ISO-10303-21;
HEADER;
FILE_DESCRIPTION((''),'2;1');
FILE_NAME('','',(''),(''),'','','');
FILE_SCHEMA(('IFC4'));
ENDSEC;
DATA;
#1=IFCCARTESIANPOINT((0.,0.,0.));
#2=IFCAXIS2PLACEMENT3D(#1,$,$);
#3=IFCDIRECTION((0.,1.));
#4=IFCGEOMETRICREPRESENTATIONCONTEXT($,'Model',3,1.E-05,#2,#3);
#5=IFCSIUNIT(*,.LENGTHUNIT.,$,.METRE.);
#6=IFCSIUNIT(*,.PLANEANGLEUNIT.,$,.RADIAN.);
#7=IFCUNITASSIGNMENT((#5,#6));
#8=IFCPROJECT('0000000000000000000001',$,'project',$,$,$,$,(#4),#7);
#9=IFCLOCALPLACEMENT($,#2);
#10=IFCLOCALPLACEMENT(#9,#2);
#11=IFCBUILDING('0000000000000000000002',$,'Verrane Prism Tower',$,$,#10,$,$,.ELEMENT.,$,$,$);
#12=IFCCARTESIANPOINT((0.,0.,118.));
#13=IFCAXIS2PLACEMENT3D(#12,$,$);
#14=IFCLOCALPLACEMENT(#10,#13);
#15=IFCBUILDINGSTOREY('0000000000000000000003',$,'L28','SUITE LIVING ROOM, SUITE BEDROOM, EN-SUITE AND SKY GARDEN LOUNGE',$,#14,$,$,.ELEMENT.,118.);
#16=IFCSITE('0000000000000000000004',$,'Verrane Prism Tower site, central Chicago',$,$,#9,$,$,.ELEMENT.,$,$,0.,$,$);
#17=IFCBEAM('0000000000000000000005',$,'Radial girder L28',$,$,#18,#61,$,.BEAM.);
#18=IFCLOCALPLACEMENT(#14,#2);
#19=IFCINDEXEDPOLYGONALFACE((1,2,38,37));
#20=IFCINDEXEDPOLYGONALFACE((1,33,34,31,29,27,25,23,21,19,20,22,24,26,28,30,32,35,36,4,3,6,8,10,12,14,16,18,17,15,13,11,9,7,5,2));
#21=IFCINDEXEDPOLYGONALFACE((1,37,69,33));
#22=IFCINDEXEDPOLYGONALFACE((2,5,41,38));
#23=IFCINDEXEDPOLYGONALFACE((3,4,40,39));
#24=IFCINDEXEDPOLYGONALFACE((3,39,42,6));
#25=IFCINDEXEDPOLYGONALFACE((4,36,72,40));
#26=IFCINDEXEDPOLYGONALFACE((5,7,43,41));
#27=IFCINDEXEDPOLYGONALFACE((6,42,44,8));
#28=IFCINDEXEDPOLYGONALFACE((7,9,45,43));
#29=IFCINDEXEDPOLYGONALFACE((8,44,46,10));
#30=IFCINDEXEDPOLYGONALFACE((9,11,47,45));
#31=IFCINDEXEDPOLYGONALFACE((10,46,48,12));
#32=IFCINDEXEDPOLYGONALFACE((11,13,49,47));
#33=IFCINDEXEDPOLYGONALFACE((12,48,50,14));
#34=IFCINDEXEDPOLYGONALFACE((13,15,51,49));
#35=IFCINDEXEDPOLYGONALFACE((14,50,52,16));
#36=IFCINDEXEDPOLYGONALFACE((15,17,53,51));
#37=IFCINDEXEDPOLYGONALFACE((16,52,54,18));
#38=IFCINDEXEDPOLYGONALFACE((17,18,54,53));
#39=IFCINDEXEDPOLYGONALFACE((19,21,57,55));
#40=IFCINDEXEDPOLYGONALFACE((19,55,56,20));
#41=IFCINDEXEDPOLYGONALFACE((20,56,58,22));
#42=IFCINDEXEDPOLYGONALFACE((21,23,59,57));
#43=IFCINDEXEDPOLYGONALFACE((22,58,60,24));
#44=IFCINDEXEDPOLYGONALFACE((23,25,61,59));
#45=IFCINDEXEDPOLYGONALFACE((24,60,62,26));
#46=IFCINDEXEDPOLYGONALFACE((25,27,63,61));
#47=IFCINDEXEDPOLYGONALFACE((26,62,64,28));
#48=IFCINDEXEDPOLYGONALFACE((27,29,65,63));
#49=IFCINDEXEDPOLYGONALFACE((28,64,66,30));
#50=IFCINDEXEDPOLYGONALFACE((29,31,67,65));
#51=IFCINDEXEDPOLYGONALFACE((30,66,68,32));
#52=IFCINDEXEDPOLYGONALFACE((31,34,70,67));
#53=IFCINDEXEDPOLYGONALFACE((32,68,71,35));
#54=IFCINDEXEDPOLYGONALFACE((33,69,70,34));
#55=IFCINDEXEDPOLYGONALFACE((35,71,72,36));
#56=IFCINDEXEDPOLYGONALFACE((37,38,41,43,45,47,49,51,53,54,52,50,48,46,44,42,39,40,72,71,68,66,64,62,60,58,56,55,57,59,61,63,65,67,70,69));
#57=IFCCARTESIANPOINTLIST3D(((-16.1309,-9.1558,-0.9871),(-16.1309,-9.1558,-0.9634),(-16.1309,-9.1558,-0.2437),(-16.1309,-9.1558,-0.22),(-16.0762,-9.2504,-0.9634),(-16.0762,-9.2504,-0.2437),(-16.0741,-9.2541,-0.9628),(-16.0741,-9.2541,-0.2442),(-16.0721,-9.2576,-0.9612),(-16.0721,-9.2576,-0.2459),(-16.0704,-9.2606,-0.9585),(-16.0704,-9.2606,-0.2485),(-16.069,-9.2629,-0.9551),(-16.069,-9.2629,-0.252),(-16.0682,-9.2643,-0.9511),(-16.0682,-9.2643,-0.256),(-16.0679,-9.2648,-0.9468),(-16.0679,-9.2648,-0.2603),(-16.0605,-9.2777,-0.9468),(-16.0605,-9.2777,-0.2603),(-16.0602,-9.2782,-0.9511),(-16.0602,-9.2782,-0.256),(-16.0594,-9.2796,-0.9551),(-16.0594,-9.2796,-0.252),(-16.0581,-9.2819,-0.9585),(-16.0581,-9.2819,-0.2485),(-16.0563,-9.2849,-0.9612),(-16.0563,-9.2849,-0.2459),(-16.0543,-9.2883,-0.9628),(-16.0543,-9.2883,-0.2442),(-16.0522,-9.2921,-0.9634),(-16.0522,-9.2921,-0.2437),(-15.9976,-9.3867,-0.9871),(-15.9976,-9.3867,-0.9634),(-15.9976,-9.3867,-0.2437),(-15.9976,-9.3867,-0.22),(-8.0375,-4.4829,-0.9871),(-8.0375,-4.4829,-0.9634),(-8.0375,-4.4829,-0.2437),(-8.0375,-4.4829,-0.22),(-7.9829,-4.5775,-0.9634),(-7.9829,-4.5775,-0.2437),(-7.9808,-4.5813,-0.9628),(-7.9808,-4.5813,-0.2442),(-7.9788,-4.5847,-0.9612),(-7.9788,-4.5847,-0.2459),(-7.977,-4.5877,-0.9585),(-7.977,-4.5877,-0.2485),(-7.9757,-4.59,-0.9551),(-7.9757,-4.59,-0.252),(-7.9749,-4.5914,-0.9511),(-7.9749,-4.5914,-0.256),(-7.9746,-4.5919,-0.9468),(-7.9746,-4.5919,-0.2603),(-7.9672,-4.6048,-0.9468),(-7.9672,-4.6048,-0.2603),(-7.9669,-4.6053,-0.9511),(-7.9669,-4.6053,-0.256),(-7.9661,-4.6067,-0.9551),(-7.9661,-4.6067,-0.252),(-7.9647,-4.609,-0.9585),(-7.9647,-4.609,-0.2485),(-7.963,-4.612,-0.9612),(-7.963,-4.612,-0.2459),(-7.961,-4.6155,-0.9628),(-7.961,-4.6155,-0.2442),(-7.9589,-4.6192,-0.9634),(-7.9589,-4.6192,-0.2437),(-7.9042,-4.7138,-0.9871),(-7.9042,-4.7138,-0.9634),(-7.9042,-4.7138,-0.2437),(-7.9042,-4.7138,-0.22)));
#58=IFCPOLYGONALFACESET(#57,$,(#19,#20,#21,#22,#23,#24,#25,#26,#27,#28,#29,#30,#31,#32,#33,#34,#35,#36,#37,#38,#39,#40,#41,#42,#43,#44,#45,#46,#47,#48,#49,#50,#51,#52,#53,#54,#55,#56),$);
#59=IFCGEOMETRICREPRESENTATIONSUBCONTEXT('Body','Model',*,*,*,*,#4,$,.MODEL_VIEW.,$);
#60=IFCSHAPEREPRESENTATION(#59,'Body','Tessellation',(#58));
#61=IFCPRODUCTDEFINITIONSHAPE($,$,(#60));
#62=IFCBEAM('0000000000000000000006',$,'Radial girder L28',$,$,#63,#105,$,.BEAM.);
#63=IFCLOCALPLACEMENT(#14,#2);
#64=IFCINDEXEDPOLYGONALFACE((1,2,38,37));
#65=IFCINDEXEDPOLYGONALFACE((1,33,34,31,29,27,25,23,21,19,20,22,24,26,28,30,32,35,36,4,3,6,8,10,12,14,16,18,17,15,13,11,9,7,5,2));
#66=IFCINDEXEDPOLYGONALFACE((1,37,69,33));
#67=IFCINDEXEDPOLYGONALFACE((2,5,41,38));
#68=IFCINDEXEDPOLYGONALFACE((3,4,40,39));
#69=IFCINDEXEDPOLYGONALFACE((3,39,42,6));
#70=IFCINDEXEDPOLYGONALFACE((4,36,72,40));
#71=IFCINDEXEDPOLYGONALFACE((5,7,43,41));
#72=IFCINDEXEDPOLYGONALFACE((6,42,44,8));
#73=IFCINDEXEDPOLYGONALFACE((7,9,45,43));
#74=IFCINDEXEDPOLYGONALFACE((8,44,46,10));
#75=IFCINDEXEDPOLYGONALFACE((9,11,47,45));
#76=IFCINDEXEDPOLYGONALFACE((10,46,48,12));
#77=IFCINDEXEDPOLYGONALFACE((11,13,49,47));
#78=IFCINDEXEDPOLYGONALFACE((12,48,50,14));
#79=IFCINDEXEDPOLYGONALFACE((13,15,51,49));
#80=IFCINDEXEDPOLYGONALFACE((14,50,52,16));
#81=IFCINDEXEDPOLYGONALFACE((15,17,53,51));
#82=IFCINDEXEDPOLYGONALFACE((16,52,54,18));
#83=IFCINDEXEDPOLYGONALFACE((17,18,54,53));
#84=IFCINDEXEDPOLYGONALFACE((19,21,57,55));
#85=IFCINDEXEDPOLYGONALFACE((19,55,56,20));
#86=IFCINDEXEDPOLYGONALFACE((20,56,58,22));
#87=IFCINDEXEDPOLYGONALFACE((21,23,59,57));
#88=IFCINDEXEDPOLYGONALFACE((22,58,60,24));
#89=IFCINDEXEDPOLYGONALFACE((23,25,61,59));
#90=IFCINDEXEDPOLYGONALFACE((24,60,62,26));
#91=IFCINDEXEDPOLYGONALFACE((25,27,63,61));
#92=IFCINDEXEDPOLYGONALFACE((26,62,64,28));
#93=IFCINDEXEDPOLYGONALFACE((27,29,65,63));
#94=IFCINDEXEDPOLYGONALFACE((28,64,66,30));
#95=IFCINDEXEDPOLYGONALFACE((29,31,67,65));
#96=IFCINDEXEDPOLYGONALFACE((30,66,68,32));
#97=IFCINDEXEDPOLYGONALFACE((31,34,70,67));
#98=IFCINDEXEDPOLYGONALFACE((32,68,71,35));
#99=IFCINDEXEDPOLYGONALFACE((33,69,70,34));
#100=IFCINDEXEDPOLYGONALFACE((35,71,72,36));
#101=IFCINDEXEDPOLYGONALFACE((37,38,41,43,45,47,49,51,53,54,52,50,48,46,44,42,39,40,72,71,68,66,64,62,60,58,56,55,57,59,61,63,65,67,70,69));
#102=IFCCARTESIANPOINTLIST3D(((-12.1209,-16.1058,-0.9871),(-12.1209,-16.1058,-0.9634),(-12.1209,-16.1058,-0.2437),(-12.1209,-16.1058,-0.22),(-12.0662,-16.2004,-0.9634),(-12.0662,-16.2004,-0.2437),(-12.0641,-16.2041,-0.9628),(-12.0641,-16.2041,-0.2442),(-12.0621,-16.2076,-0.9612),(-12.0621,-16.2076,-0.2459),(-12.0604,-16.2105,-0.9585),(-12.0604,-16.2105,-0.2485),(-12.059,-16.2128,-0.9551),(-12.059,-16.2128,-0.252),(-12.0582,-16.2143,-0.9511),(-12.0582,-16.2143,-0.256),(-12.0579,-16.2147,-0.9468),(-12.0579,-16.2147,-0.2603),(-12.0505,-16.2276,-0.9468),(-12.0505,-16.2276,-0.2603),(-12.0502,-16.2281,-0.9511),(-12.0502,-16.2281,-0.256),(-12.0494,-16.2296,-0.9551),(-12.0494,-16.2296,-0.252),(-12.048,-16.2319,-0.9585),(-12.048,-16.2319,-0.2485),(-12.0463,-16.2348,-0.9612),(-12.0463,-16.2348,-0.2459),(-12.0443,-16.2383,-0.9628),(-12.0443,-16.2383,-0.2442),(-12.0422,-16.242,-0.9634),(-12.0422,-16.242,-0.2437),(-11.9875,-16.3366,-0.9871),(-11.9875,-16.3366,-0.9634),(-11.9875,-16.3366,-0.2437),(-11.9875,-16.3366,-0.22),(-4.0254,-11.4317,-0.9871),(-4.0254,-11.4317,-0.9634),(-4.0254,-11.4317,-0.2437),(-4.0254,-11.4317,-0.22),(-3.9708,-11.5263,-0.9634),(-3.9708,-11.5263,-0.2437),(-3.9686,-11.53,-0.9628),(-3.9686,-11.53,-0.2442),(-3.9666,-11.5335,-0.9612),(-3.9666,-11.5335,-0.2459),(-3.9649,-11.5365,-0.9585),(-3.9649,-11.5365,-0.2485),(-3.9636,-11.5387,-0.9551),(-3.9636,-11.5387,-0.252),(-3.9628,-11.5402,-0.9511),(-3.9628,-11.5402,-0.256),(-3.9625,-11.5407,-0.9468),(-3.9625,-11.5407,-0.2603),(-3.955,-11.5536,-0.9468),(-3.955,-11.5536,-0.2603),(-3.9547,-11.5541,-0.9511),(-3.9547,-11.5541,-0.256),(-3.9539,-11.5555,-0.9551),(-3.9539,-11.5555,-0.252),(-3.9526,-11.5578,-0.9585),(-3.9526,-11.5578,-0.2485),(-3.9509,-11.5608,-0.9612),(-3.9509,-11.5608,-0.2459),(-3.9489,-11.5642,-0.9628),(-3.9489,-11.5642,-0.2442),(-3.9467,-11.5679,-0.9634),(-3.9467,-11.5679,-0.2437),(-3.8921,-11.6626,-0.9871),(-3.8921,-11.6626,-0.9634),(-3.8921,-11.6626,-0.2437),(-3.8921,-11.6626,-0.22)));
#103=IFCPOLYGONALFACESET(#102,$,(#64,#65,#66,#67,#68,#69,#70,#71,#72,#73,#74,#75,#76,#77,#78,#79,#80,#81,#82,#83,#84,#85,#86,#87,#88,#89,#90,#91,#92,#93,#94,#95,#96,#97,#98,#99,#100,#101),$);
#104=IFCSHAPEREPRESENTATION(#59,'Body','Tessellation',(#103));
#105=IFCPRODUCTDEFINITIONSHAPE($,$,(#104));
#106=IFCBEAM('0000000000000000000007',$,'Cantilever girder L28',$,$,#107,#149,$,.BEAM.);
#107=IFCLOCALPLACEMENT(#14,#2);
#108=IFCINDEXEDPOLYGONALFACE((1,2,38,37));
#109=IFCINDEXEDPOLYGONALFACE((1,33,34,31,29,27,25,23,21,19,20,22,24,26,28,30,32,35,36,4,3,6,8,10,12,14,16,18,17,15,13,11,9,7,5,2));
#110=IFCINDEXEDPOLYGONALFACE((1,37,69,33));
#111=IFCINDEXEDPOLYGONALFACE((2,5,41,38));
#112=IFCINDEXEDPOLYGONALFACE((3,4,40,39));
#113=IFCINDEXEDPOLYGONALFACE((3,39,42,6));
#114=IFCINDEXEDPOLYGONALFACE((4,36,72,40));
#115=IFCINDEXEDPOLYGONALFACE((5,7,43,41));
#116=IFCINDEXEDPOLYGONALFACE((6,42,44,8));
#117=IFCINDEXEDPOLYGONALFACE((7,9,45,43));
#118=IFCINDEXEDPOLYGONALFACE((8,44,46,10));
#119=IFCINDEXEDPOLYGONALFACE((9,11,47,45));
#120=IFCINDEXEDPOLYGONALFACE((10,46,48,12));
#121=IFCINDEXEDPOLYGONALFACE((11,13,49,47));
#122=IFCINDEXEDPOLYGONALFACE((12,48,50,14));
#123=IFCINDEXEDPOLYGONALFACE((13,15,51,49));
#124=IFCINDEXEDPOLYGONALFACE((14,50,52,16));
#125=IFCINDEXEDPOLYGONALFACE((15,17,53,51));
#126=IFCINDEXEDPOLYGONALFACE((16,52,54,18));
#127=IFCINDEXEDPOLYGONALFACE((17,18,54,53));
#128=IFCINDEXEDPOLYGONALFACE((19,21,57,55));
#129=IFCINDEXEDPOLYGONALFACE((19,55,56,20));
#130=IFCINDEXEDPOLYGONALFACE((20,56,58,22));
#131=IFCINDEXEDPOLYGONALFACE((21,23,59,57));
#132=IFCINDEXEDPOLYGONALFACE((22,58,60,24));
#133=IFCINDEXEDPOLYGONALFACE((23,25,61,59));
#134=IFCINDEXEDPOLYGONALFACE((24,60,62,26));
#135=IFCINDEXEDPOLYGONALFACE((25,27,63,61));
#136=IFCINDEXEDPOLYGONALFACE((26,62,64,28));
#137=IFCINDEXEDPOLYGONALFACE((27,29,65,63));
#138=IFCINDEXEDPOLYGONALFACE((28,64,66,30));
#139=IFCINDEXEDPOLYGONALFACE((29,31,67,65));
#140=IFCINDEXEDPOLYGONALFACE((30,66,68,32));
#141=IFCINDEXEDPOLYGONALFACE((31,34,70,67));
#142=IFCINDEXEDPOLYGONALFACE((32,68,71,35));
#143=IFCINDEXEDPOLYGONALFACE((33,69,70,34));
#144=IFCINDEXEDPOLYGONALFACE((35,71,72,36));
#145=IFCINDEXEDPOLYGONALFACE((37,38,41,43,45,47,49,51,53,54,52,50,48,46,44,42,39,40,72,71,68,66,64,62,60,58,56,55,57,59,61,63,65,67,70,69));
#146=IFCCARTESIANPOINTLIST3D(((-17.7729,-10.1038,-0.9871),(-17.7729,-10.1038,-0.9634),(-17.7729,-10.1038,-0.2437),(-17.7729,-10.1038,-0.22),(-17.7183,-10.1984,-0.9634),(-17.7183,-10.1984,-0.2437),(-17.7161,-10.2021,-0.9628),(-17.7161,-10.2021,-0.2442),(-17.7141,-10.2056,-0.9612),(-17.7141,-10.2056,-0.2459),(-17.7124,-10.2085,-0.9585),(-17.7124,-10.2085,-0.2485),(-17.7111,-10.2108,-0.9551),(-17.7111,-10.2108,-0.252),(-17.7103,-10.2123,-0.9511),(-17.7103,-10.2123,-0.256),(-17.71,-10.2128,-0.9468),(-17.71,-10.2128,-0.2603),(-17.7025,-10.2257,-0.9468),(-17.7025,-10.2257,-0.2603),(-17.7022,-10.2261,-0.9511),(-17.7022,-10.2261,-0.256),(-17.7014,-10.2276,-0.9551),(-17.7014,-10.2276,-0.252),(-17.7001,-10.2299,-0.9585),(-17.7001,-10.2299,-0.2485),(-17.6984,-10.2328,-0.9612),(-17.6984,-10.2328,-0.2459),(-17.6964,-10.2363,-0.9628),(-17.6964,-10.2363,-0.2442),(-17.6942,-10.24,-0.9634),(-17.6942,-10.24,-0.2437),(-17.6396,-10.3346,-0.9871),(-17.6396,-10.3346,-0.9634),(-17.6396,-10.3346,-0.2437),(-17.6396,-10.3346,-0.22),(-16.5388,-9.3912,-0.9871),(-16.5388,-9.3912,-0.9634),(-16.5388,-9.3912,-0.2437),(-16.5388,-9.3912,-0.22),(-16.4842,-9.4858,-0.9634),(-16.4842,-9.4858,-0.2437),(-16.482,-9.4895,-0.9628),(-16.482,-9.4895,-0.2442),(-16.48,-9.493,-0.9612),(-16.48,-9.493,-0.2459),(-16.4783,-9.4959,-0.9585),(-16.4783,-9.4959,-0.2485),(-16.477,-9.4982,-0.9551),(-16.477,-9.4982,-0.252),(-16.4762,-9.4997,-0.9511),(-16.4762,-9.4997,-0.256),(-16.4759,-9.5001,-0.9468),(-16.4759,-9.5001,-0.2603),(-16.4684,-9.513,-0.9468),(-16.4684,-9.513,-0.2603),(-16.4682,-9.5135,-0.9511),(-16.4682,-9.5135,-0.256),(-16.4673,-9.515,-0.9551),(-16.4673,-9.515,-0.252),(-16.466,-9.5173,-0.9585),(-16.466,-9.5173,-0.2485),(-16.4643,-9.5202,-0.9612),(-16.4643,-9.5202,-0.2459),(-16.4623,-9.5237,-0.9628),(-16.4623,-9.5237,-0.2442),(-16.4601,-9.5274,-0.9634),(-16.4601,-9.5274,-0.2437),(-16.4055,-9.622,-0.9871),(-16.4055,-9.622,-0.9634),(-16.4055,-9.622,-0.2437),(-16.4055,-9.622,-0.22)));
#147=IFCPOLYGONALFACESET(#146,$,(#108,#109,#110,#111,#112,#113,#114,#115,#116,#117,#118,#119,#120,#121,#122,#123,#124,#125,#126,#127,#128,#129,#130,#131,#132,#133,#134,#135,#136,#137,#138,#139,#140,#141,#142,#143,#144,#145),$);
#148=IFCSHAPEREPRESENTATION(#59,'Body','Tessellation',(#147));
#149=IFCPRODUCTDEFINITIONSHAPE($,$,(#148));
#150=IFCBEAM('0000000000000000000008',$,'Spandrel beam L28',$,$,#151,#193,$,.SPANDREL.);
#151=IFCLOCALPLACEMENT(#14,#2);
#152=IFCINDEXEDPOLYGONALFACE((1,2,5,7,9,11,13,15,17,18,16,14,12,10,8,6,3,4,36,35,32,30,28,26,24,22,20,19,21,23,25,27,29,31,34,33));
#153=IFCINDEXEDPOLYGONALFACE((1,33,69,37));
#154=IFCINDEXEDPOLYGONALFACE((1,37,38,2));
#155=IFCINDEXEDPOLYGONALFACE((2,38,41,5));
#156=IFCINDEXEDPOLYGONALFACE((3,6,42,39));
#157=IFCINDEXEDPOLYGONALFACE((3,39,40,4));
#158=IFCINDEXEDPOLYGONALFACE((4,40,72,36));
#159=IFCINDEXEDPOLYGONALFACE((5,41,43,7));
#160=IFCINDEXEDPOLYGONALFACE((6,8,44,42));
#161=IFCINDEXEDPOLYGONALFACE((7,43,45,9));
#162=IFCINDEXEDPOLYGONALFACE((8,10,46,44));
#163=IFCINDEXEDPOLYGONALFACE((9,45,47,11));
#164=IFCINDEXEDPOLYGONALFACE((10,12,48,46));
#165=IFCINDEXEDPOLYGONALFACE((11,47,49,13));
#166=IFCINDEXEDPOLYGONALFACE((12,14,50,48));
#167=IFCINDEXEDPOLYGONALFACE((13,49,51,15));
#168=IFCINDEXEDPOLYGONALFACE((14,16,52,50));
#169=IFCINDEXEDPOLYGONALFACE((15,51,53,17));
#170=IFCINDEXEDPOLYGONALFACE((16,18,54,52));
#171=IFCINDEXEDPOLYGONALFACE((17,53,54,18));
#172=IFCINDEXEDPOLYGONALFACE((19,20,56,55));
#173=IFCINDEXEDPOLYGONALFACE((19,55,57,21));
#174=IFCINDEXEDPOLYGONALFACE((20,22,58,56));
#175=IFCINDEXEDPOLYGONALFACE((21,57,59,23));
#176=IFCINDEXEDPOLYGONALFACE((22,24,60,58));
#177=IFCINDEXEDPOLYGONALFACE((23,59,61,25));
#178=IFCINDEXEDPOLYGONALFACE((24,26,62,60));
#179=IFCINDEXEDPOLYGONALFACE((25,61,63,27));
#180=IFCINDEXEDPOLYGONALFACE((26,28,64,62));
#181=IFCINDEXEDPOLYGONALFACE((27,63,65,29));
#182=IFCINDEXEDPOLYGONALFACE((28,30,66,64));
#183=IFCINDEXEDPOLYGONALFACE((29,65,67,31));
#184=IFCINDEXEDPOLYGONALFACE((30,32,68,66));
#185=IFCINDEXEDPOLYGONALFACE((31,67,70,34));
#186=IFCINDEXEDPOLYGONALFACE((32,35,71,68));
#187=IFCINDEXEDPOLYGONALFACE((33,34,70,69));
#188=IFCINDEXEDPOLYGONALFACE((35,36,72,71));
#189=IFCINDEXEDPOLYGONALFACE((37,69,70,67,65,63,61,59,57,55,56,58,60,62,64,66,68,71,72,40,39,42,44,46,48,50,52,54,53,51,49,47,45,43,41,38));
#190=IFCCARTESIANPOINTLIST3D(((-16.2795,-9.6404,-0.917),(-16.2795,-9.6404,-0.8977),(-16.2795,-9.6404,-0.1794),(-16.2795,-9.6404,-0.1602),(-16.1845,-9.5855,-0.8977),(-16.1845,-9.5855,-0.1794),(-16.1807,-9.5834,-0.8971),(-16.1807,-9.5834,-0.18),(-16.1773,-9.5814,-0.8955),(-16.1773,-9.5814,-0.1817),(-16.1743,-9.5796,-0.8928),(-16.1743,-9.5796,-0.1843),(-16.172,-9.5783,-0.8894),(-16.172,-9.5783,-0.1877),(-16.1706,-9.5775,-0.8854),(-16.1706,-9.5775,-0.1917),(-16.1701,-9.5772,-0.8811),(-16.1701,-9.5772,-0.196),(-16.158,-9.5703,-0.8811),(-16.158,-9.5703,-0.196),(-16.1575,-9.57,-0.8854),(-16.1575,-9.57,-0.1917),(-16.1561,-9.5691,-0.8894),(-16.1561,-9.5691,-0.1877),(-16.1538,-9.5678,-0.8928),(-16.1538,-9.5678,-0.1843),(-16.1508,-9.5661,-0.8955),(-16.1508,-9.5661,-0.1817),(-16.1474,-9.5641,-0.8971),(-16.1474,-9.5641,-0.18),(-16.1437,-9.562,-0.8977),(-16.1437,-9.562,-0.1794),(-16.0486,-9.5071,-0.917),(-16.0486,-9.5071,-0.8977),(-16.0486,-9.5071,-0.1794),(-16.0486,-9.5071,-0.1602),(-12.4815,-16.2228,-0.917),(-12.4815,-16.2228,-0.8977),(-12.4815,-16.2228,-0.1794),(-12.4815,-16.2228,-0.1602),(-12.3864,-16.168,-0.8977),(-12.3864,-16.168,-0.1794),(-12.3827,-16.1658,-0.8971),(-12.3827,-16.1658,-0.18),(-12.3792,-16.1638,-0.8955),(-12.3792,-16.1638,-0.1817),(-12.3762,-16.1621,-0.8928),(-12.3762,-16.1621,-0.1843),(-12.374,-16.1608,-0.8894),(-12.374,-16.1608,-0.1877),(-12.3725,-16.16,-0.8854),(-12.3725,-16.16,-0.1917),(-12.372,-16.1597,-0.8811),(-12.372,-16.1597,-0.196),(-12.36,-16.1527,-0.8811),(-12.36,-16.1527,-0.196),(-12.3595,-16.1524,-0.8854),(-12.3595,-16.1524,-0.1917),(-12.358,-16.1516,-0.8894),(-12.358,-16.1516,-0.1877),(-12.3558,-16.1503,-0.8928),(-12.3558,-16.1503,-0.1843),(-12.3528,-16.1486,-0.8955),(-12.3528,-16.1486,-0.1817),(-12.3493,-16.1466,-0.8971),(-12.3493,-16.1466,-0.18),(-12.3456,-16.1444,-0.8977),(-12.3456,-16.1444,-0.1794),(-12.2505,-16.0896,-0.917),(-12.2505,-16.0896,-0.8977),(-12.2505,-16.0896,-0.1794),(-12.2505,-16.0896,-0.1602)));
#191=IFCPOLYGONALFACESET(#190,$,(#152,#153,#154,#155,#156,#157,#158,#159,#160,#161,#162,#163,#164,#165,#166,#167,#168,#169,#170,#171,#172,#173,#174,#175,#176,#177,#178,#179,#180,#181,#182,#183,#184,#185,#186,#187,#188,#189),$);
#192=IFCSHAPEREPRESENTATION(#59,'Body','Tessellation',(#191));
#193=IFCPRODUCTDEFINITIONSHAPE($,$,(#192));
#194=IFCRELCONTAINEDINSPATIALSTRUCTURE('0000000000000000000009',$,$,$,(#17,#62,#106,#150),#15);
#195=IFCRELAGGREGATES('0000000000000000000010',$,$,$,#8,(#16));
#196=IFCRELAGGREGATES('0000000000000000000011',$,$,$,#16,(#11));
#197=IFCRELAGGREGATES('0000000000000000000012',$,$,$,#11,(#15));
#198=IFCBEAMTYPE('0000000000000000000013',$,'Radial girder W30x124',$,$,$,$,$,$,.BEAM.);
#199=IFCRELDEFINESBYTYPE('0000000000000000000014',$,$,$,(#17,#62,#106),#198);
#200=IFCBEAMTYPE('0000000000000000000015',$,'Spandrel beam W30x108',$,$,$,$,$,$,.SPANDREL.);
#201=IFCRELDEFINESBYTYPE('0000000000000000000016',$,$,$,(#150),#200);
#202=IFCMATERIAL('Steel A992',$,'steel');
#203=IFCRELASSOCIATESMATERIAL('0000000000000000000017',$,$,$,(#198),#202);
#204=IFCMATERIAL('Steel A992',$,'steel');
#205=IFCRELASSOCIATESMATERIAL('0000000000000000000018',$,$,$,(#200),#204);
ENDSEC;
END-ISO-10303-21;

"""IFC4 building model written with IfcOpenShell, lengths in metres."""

from ifc_helpers import new_model, si_unit, direction, frame, origin, origin_2d, place, context, subcontext, project, spatial, i_section, extrude, material, material_profile, profile_set, type_object, element, save


model = new_model("IFC4")

# Units and contexts
model_context = context("Model", 3, precision=1e-05, world=origin(), true_north=direction((0.0, 1.0)))
body_context = subcontext(model_context, "Body", "Model", "MODEL_VIEW")
ifc_project = project(units=[si_unit("LENGTHUNIT", "METRE"), si_unit("PLANEANGLEUNIT", "RADIAN")], contexts=[model_context])

# Site, building, storey
site_placement = place(None, origin())
site = spatial("IfcSite", under=ifc_project, at=site_placement, Name="Verrane Prism Tower site, central Chicago", CompositionType="ELEMENT", RefElevation=0.0)
building_placement = place(site_placement, origin())
building = spatial("IfcBuilding", under=site, at=building_placement, Name="Verrane Prism Tower", CompositionType="ELEMENT")
storey_placement = place(building_placement, frame((0.0, 0.0, 118.0)))
storey = spatial("IfcBuildingStorey", under=building, at=storey_placement, Name="L28", Description="SUITE LIVING ROOM, SUITE BEDROOM, EN-SUITE AND SKY GARDEN LOUNGE", CompositionType="ELEMENT", Elevation=118.0)

# Beams
ifc_material_1 = material(Name="Steel A992", Category="steel")
ifc_material_profile_1 = material_profile(ifc_material_1, i_section(OverallWidth=0.2666, OverallDepth=0.7671, WebThickness=0.0149, FlangeThickness=0.0237, FilletRadius=0.0166, at=origin_2d()), Name="W30x124")
ifc_profile_set_1 = profile_set([ifc_material_profile_1], Name="Steel A992")
beam_type_1 = type_object("IfcBeamType", Name="Radial girder W30x124", PredefinedType="BEAM", material=ifc_profile_set_1)
beam_1_placement = place(storey_placement, frame((-16.0642, -9.2712, -0.6035), z_axis=(0.866016, 0.500016, 0.0), x_axis=(-0.500016, 0.866016, 0.0)))
element("IfcBeam", 1, at=beam_1_placement, inside=storey, type_object=beam_type_1, Name="Radial girder L28", PredefinedType="BEAM", context=body_context, shape_type="SweptSolid", body=[
    extrude(i_section(OverallWidth=0.2666, OverallDepth=0.7671, WebThickness=0.0149, FlangeThickness=0.0237, FilletRadius=0.0166, at=origin_2d()), origin(), (0.0, 0.0, 1.0), 9.3455),
])
beam_2_placement = place(storey_placement, frame((-12.0542, -16.2212, -0.6035), z_axis=(0.866018, 0.500013, 0.0), x_axis=(-0.500013, 0.866018, 0.0)))
element("IfcBeam", 2, at=beam_2_placement, inside=storey, type_object=beam_type_1, Name="Radial girder L28", PredefinedType="BEAM", context=body_context, shape_type="SweptSolid", body=[
    extrude(i_section(OverallWidth=0.2666, OverallDepth=0.7671, WebThickness=0.0149, FlangeThickness=0.0237, FilletRadius=0.0166, at=origin_2d()), origin(), (0.0, 0.0, 1.0), 9.3479),
])
beam_3_placement = place(storey_placement, frame((-16.4722, -9.5066, -0.6035), z_axis=(-0.865989, -0.500064, 0.0), x_axis=(0.500064, -0.865989, 0.0)))
element("IfcBeam", 3, at=beam_3_placement, inside=storey, type_object=beam_type_1, Name="Cantilever girder L28", PredefinedType="BEAM", context=body_context, shape_type="SweptSolid", body=[
    extrude(i_section(OverallWidth=0.2666, OverallDepth=0.7671, WebThickness=0.0149, FlangeThickness=0.0237, FilletRadius=0.0166, at=origin_2d()), origin(), (0.0, 0.0, 1.0), 1.425),
])
ifc_material_2 = material(Name="Steel A992", Category="steel")
ifc_material_profile_2 = material_profile(ifc_material_2, i_section(OverallWidth=0.2666, OverallDepth=0.7568, WebThickness=0.0139, FlangeThickness=0.0193, FilletRadius=0.0166, at=origin_2d()), Name="W30x108")
ifc_profile_set_2 = profile_set([ifc_material_profile_2], Name="Steel A992")
beam_type_2 = type_object("IfcBeamType", Name="Spandrel beam W30x108", PredefinedType="SPANDREL", material=ifc_profile_set_2)
beam_4_placement = place(storey_placement, frame((-16.1641, -9.5737, -0.5386), z_axis=(0.499771, -0.866158, 0.0), x_axis=(0.866158, 0.499771, 0.0)))
element("IfcBeam", 4, at=beam_4_placement, inside=storey, type_object=beam_type_2, Name="Spandrel beam L28", PredefinedType="SPANDREL", context=body_context, shape_type="SweptSolid", body=[
    extrude(i_section(OverallWidth=0.2666, OverallDepth=0.7568, WebThickness=0.0139, FlangeThickness=0.0193, FilletRadius=0.0166, at=origin_2d()), origin(), (0.0, 0.0, 1.0), 7.5996),
])

save(model, "model.ifc")
